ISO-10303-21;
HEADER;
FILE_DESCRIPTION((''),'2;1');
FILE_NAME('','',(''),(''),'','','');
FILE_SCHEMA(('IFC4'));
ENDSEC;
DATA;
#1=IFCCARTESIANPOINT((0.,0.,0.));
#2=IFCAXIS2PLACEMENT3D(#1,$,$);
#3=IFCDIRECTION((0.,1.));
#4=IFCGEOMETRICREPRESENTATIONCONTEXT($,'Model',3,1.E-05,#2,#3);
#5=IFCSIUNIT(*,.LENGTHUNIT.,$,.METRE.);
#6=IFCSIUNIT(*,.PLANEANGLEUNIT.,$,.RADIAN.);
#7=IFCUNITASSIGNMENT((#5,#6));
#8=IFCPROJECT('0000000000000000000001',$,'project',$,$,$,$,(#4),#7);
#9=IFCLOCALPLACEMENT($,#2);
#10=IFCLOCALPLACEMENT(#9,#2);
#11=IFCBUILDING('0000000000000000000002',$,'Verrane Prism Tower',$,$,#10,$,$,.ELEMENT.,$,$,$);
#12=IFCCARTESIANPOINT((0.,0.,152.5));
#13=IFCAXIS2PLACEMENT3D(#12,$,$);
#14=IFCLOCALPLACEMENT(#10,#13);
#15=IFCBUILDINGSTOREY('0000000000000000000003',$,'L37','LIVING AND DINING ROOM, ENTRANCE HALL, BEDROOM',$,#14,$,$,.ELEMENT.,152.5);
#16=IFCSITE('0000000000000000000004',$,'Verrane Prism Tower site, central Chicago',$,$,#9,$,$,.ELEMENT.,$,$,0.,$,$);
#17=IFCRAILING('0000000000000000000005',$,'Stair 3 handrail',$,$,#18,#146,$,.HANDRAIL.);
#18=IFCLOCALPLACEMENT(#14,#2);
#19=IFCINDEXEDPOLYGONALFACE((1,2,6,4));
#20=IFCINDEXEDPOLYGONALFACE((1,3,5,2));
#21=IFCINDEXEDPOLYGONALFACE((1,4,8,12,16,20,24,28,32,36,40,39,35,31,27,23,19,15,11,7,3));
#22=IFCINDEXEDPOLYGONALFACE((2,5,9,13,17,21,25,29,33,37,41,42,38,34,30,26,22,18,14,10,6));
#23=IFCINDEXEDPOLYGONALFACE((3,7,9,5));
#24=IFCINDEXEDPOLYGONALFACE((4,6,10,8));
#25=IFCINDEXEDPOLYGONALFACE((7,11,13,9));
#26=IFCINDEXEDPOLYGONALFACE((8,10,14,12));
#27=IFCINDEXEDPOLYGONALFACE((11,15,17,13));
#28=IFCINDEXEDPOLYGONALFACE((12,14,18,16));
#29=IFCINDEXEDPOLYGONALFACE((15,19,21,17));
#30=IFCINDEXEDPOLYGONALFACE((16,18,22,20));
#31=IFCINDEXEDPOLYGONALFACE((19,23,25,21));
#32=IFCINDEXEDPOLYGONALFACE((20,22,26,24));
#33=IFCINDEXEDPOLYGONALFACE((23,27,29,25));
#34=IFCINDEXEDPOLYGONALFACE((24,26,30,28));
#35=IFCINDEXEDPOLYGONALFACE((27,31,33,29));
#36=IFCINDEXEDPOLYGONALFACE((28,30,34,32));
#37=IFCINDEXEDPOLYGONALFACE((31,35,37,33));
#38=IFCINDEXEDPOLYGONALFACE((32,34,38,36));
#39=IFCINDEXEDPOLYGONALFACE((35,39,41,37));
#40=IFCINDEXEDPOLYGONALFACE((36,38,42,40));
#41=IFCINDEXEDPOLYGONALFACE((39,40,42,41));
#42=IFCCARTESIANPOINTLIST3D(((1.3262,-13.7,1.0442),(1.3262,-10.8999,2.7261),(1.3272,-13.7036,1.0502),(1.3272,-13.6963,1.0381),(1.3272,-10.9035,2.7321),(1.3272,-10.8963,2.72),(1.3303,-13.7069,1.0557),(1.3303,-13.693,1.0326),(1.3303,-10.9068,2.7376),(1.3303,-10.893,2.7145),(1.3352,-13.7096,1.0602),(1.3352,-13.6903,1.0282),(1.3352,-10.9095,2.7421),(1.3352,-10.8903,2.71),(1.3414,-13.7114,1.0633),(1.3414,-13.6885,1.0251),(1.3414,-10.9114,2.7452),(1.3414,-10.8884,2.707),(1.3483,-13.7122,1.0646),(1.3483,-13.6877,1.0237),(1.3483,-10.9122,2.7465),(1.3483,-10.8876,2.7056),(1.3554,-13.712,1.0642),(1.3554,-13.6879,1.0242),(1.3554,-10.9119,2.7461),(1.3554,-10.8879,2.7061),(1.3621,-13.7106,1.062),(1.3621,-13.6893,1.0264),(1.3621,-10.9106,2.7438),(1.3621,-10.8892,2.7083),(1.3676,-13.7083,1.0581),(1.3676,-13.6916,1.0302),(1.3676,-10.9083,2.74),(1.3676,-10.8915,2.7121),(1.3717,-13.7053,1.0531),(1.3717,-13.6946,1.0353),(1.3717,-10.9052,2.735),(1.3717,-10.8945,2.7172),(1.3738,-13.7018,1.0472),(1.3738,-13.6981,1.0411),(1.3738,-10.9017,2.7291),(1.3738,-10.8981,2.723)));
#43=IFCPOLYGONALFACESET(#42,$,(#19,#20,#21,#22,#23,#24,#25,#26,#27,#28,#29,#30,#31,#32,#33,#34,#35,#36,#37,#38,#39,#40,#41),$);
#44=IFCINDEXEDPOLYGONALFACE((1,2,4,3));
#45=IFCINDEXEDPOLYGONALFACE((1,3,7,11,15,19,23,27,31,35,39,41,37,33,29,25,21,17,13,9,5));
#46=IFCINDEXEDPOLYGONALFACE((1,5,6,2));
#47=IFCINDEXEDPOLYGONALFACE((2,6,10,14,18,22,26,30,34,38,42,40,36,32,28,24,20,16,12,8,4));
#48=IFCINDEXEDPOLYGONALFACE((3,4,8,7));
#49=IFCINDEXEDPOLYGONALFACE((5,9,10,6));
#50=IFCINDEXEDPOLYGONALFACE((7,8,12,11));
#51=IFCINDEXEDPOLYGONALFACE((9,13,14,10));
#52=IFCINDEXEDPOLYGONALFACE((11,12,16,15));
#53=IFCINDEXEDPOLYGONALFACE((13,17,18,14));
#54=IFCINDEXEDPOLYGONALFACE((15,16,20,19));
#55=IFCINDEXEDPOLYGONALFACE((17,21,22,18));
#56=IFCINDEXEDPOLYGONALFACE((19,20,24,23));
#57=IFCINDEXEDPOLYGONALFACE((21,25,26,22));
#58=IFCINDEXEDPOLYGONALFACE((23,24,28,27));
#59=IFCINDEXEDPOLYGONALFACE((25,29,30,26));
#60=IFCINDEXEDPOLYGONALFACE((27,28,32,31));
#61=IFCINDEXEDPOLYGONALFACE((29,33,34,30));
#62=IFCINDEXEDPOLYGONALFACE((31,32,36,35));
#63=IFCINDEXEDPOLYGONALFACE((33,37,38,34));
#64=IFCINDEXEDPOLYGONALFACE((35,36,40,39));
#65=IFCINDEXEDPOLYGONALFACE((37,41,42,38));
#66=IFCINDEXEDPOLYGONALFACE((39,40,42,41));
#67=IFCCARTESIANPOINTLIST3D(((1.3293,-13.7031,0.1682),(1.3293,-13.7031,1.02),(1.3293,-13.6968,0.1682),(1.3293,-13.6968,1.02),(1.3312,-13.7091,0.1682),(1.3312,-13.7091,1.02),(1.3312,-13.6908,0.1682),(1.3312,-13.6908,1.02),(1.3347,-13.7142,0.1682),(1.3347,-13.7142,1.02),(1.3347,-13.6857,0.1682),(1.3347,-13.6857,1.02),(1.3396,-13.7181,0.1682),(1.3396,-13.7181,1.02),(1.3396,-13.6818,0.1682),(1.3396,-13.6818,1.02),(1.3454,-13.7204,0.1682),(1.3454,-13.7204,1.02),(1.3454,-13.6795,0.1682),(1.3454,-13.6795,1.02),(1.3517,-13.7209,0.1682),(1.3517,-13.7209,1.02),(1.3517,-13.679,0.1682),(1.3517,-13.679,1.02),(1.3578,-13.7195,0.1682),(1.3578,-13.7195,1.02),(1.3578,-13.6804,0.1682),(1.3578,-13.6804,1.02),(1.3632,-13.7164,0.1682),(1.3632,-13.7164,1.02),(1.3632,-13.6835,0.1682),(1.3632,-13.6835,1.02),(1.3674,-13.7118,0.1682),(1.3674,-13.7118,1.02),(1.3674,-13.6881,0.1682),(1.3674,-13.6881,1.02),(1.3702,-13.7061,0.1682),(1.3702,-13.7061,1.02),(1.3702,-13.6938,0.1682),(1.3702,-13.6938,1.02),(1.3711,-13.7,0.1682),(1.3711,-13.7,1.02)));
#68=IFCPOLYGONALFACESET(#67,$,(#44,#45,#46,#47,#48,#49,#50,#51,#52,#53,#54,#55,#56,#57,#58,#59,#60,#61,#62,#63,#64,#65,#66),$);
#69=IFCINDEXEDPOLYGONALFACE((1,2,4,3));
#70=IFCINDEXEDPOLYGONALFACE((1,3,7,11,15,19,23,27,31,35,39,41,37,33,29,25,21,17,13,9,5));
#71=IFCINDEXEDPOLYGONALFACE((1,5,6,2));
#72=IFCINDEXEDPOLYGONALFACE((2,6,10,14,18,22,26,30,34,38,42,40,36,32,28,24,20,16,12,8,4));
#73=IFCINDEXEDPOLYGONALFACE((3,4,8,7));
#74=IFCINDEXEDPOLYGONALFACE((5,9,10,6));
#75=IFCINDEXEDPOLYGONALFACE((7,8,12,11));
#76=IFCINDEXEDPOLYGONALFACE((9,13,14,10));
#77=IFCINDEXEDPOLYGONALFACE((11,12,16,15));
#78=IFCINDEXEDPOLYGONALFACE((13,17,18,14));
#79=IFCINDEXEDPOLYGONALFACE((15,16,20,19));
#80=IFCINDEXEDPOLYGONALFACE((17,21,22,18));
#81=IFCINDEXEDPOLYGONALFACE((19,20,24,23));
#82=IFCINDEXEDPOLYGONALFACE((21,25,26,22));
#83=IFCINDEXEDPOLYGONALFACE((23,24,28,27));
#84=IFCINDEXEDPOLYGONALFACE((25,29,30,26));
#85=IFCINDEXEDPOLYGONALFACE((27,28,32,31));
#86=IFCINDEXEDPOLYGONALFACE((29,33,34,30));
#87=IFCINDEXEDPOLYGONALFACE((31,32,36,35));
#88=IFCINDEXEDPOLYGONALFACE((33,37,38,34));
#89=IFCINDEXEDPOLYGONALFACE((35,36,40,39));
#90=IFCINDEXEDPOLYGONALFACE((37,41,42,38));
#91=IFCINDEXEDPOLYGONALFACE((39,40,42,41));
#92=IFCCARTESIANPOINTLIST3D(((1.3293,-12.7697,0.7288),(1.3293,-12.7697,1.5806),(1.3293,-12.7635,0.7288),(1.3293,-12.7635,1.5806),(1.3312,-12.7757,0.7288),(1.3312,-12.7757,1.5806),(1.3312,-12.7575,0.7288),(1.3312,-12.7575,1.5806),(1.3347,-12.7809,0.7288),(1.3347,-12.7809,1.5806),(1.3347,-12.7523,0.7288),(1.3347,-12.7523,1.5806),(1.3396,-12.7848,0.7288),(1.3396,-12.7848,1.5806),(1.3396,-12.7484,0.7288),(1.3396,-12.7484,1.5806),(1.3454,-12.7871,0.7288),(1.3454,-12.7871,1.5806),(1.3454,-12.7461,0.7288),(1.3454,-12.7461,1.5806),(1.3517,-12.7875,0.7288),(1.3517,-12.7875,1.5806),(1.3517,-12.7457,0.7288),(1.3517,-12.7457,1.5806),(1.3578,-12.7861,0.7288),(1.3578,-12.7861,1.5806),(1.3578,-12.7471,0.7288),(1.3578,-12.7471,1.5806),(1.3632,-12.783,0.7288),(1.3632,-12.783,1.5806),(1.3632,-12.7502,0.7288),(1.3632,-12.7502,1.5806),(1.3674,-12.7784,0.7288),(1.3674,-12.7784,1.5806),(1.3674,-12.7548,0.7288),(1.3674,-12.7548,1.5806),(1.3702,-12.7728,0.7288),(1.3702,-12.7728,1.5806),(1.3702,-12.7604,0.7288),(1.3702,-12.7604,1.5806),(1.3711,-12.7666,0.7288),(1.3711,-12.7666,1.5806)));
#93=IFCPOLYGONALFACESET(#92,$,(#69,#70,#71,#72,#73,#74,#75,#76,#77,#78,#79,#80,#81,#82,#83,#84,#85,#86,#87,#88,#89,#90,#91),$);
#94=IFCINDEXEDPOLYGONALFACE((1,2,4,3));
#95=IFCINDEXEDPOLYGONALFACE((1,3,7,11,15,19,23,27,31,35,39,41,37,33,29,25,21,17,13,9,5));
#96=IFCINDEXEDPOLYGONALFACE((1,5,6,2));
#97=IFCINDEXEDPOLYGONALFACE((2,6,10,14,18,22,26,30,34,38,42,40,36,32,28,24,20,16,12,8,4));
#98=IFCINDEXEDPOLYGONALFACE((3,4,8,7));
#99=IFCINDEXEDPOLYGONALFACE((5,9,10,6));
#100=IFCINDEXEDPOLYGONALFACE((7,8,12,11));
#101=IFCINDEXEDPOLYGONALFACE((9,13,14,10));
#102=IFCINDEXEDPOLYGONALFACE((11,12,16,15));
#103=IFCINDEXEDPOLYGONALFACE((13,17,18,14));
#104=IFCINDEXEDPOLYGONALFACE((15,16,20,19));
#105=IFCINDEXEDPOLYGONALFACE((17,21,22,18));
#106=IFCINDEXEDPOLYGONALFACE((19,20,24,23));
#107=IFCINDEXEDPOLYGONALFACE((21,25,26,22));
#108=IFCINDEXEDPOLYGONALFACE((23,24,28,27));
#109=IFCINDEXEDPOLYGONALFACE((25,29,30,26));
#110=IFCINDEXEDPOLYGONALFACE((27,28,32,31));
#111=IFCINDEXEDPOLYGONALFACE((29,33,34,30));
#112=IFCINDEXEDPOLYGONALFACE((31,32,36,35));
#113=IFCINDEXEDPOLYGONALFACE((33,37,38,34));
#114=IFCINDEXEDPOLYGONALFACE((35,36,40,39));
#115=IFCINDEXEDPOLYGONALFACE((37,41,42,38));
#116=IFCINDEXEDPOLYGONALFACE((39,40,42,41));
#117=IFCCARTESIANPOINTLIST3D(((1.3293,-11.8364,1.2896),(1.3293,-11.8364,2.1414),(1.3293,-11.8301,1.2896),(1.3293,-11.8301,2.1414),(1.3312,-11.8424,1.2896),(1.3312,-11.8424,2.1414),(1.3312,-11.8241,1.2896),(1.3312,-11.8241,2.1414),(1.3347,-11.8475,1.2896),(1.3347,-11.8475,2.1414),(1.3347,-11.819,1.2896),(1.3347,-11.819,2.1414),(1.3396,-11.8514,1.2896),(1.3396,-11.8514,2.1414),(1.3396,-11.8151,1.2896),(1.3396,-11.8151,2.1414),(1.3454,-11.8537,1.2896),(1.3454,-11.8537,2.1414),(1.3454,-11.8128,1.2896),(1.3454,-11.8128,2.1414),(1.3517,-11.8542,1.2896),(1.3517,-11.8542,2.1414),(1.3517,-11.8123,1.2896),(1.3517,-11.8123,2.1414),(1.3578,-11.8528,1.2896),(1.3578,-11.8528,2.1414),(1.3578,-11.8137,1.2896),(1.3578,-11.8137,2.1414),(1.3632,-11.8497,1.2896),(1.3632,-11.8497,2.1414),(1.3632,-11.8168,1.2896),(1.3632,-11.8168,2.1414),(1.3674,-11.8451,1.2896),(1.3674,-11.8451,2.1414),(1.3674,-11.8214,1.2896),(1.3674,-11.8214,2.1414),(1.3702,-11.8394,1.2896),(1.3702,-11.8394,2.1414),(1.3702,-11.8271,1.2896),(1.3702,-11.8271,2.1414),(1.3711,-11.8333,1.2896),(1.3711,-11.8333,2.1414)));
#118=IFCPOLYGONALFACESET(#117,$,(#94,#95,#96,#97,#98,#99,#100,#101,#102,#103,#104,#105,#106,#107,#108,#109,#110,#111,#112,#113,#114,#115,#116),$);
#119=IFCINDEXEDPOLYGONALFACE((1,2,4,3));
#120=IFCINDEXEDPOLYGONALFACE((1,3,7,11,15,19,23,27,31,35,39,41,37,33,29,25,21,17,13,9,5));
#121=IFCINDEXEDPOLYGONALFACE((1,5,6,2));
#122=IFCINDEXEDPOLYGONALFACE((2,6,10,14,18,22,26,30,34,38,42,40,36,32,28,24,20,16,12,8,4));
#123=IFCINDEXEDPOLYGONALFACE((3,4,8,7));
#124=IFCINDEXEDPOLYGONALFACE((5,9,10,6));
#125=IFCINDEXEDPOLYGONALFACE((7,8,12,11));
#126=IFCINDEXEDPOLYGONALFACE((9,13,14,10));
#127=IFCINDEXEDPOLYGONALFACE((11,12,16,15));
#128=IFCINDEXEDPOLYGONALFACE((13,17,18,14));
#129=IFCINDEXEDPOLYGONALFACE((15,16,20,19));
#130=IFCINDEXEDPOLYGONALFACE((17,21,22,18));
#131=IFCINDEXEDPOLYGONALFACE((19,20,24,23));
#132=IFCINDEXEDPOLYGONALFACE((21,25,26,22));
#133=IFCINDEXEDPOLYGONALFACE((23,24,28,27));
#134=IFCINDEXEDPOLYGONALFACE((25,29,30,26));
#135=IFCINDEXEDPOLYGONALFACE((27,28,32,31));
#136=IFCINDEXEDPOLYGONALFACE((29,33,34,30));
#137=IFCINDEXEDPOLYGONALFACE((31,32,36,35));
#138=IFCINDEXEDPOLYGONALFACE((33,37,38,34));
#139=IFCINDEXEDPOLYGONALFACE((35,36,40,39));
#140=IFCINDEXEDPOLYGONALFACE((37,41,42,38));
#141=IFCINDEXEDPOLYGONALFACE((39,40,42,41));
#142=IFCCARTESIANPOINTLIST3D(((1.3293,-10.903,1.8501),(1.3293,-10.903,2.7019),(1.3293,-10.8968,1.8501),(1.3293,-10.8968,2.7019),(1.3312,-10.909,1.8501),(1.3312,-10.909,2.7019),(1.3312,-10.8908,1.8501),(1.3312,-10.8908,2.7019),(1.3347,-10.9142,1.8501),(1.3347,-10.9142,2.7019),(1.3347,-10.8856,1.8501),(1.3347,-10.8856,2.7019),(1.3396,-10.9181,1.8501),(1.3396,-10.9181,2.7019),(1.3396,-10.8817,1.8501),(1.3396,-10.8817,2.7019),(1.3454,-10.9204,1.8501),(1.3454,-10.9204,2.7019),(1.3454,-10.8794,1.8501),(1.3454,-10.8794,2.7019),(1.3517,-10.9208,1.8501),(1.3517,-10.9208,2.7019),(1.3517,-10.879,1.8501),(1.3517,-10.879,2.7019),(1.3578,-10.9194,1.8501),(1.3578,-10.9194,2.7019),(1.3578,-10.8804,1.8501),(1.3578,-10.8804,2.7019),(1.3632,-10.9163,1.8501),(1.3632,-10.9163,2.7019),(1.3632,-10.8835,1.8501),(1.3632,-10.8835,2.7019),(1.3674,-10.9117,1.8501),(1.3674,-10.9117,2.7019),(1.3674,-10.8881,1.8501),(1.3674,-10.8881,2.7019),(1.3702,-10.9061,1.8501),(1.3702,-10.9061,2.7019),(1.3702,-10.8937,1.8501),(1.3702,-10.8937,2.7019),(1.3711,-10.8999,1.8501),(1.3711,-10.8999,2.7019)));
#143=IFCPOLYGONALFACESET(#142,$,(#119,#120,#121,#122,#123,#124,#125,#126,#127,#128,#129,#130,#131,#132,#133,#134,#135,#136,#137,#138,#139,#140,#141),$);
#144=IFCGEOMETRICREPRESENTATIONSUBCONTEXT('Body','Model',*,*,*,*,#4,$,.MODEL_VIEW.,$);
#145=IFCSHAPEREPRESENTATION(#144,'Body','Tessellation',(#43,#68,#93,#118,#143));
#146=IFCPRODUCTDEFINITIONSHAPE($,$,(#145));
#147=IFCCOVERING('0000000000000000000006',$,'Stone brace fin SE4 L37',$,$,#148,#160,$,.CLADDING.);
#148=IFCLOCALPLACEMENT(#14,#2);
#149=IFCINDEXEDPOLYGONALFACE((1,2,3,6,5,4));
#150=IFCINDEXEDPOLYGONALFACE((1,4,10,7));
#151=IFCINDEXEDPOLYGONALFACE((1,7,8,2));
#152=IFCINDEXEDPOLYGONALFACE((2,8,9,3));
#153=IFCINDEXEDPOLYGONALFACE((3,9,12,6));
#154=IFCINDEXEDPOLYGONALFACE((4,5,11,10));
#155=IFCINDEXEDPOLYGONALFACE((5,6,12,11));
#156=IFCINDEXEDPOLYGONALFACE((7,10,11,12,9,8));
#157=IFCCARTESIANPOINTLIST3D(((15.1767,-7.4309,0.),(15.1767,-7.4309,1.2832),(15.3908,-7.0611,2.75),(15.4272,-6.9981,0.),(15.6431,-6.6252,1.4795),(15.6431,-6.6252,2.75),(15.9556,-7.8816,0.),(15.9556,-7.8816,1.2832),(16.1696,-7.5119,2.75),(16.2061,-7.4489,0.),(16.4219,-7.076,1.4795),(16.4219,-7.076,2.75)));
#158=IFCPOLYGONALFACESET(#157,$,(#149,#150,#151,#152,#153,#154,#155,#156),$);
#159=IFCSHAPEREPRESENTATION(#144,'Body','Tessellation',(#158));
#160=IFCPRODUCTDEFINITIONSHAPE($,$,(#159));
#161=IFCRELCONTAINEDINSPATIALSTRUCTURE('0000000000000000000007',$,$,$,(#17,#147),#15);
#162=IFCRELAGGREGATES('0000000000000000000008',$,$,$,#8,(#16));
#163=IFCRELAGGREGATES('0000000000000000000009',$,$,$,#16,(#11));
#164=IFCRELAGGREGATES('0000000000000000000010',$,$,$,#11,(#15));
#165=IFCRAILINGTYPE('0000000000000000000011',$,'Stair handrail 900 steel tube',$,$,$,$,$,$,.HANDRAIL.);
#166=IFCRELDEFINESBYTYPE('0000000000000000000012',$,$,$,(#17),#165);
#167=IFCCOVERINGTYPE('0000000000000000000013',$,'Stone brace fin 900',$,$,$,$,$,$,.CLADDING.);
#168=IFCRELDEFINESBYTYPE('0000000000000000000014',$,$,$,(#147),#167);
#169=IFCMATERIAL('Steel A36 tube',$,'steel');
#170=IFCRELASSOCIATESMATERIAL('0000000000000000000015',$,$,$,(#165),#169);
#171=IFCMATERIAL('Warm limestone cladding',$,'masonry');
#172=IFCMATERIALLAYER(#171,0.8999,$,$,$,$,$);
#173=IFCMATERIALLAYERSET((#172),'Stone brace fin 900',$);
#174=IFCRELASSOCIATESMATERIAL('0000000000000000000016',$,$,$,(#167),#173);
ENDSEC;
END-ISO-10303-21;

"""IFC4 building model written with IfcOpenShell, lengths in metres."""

from ifc_helpers import new_model, si_unit, direction, frame, origin, origin_2d, place, context, subcontext, project, spatial, polyline, circle, outline, extrude, material, layer, layer_set, type_object, element, save


model = new_model("IFC4")

# Units and contexts
model_context = context("Model", 3, precision=1e-05, world=origin(), true_north=direction((0.0, 1.0)))
body_context = subcontext(model_context, "Body", "Model", "MODEL_VIEW")
ifc_project = project(units=[si_unit("LENGTHUNIT", "METRE"), si_unit("PLANEANGLEUNIT", "RADIAN")], contexts=[model_context])

# Site, building, storey
site_placement = place(None, origin())
site = spatial("IfcSite", under=ifc_project, at=site_placement, Name="Verrane Prism Tower site, central Chicago", CompositionType="ELEMENT", RefElevation=0.0)
building_placement = place(site_placement, origin())
building = spatial("IfcBuilding", under=site, at=building_placement, Name="Verrane Prism Tower", CompositionType="ELEMENT")
storey_placement = place(building_placement, frame((0.0, 0.0, 152.5)))
storey = spatial("IfcBuildingStorey", under=building, at=storey_placement, Name="L37", Description="LIVING AND DINING ROOM, ENTRANCE HALL, BEDROOM", CompositionType="ELEMENT", Elevation=152.5)

# Railing
ifc_material_1 = material(Name="Steel A36 tube", Category="steel")
railing_type_1 = type_object("IfcRailingType", Name="Stair handrail 900 steel tube", PredefinedType="HANDRAIL", material=ifc_material_1)
railing_1_placement = place(storey_placement, frame((1.3501, -13.7, 0.1682)))
element("IfcRailing", 1, at=railing_1_placement, inside=storey, type_object=railing_type_1, Name="Stair 3 handrail", PredefinedType="HANDRAIL", context=body_context, shape_type="SweptSolid", body=[
    extrude(circle(Radius=0.0239, at=origin_2d()), frame((0.0, 0.0, 0.876), z_axis=(0.0, 0.857242, 0.514913), x_axis=(-1.0, 0.0, 0.0)), (0.0, 0.0, 1.0), 3.2664),
    extrude(circle(Radius=0.021, at=origin_2d()), origin(), (0.0, 0.0, 1.0), 0.8518),
    extrude(circle(Radius=0.021, at=origin_2d()), frame((0.0, 0.9333, 0.5605)), (0.0, 0.0, 1.0), 0.8518),
    extrude(circle(Radius=0.021, at=origin_2d()), frame((0.0, 1.8667, 1.1213)), (0.0, 0.0, 1.0), 0.8518),
    extrude(circle(Radius=0.021, at=origin_2d()), frame((0.0, 2.8, 1.6819)), (0.0, 0.0, 1.0), 0.8518),
])

# Covering
ifc_material_2 = material(Name="Warm limestone cladding", Category="masonry")
ifc_layer_1 = layer(ifc_material_2, 0.8999)
ifc_layer_set_1 = layer_set([ifc_layer_1], Name="Stone brace fin 900")
covering_type = type_object("IfcCoveringType", Name="Stone brace fin 900", PredefinedType="CLADDING", material=ifc_layer_set_1)
covering_placement = place(storey_placement, frame((15.5662, -7.6562, 0.0), z_axis=(0.0, 0.0, 1.0), x_axis=(0.500933, 0.865486, 0.0)))
element("IfcCovering", 2, at=covering_placement, inside=storey, type_object=covering_type, Name="Stone brace fin SE4 L37", PredefinedType="CLADDING", context=body_context, shape_type="SweptSolid", body=[
    extrude(outline(polyline([(0.9309, 2.75), (0.4272, 2.75), (0.0, 1.2832), (0.0, 0.0), (0.5, 0.0), (0.9309, 1.4795), (0.9309, 2.75)])), frame((0.0, 0.45, 0.0), z_axis=(0.0, -1.0, 0.0), x_axis=(1.0, 0.0, 0.0)), (0.0, 0.0, 1.0), 0.8999),
])

save(model, "model.ifc")
